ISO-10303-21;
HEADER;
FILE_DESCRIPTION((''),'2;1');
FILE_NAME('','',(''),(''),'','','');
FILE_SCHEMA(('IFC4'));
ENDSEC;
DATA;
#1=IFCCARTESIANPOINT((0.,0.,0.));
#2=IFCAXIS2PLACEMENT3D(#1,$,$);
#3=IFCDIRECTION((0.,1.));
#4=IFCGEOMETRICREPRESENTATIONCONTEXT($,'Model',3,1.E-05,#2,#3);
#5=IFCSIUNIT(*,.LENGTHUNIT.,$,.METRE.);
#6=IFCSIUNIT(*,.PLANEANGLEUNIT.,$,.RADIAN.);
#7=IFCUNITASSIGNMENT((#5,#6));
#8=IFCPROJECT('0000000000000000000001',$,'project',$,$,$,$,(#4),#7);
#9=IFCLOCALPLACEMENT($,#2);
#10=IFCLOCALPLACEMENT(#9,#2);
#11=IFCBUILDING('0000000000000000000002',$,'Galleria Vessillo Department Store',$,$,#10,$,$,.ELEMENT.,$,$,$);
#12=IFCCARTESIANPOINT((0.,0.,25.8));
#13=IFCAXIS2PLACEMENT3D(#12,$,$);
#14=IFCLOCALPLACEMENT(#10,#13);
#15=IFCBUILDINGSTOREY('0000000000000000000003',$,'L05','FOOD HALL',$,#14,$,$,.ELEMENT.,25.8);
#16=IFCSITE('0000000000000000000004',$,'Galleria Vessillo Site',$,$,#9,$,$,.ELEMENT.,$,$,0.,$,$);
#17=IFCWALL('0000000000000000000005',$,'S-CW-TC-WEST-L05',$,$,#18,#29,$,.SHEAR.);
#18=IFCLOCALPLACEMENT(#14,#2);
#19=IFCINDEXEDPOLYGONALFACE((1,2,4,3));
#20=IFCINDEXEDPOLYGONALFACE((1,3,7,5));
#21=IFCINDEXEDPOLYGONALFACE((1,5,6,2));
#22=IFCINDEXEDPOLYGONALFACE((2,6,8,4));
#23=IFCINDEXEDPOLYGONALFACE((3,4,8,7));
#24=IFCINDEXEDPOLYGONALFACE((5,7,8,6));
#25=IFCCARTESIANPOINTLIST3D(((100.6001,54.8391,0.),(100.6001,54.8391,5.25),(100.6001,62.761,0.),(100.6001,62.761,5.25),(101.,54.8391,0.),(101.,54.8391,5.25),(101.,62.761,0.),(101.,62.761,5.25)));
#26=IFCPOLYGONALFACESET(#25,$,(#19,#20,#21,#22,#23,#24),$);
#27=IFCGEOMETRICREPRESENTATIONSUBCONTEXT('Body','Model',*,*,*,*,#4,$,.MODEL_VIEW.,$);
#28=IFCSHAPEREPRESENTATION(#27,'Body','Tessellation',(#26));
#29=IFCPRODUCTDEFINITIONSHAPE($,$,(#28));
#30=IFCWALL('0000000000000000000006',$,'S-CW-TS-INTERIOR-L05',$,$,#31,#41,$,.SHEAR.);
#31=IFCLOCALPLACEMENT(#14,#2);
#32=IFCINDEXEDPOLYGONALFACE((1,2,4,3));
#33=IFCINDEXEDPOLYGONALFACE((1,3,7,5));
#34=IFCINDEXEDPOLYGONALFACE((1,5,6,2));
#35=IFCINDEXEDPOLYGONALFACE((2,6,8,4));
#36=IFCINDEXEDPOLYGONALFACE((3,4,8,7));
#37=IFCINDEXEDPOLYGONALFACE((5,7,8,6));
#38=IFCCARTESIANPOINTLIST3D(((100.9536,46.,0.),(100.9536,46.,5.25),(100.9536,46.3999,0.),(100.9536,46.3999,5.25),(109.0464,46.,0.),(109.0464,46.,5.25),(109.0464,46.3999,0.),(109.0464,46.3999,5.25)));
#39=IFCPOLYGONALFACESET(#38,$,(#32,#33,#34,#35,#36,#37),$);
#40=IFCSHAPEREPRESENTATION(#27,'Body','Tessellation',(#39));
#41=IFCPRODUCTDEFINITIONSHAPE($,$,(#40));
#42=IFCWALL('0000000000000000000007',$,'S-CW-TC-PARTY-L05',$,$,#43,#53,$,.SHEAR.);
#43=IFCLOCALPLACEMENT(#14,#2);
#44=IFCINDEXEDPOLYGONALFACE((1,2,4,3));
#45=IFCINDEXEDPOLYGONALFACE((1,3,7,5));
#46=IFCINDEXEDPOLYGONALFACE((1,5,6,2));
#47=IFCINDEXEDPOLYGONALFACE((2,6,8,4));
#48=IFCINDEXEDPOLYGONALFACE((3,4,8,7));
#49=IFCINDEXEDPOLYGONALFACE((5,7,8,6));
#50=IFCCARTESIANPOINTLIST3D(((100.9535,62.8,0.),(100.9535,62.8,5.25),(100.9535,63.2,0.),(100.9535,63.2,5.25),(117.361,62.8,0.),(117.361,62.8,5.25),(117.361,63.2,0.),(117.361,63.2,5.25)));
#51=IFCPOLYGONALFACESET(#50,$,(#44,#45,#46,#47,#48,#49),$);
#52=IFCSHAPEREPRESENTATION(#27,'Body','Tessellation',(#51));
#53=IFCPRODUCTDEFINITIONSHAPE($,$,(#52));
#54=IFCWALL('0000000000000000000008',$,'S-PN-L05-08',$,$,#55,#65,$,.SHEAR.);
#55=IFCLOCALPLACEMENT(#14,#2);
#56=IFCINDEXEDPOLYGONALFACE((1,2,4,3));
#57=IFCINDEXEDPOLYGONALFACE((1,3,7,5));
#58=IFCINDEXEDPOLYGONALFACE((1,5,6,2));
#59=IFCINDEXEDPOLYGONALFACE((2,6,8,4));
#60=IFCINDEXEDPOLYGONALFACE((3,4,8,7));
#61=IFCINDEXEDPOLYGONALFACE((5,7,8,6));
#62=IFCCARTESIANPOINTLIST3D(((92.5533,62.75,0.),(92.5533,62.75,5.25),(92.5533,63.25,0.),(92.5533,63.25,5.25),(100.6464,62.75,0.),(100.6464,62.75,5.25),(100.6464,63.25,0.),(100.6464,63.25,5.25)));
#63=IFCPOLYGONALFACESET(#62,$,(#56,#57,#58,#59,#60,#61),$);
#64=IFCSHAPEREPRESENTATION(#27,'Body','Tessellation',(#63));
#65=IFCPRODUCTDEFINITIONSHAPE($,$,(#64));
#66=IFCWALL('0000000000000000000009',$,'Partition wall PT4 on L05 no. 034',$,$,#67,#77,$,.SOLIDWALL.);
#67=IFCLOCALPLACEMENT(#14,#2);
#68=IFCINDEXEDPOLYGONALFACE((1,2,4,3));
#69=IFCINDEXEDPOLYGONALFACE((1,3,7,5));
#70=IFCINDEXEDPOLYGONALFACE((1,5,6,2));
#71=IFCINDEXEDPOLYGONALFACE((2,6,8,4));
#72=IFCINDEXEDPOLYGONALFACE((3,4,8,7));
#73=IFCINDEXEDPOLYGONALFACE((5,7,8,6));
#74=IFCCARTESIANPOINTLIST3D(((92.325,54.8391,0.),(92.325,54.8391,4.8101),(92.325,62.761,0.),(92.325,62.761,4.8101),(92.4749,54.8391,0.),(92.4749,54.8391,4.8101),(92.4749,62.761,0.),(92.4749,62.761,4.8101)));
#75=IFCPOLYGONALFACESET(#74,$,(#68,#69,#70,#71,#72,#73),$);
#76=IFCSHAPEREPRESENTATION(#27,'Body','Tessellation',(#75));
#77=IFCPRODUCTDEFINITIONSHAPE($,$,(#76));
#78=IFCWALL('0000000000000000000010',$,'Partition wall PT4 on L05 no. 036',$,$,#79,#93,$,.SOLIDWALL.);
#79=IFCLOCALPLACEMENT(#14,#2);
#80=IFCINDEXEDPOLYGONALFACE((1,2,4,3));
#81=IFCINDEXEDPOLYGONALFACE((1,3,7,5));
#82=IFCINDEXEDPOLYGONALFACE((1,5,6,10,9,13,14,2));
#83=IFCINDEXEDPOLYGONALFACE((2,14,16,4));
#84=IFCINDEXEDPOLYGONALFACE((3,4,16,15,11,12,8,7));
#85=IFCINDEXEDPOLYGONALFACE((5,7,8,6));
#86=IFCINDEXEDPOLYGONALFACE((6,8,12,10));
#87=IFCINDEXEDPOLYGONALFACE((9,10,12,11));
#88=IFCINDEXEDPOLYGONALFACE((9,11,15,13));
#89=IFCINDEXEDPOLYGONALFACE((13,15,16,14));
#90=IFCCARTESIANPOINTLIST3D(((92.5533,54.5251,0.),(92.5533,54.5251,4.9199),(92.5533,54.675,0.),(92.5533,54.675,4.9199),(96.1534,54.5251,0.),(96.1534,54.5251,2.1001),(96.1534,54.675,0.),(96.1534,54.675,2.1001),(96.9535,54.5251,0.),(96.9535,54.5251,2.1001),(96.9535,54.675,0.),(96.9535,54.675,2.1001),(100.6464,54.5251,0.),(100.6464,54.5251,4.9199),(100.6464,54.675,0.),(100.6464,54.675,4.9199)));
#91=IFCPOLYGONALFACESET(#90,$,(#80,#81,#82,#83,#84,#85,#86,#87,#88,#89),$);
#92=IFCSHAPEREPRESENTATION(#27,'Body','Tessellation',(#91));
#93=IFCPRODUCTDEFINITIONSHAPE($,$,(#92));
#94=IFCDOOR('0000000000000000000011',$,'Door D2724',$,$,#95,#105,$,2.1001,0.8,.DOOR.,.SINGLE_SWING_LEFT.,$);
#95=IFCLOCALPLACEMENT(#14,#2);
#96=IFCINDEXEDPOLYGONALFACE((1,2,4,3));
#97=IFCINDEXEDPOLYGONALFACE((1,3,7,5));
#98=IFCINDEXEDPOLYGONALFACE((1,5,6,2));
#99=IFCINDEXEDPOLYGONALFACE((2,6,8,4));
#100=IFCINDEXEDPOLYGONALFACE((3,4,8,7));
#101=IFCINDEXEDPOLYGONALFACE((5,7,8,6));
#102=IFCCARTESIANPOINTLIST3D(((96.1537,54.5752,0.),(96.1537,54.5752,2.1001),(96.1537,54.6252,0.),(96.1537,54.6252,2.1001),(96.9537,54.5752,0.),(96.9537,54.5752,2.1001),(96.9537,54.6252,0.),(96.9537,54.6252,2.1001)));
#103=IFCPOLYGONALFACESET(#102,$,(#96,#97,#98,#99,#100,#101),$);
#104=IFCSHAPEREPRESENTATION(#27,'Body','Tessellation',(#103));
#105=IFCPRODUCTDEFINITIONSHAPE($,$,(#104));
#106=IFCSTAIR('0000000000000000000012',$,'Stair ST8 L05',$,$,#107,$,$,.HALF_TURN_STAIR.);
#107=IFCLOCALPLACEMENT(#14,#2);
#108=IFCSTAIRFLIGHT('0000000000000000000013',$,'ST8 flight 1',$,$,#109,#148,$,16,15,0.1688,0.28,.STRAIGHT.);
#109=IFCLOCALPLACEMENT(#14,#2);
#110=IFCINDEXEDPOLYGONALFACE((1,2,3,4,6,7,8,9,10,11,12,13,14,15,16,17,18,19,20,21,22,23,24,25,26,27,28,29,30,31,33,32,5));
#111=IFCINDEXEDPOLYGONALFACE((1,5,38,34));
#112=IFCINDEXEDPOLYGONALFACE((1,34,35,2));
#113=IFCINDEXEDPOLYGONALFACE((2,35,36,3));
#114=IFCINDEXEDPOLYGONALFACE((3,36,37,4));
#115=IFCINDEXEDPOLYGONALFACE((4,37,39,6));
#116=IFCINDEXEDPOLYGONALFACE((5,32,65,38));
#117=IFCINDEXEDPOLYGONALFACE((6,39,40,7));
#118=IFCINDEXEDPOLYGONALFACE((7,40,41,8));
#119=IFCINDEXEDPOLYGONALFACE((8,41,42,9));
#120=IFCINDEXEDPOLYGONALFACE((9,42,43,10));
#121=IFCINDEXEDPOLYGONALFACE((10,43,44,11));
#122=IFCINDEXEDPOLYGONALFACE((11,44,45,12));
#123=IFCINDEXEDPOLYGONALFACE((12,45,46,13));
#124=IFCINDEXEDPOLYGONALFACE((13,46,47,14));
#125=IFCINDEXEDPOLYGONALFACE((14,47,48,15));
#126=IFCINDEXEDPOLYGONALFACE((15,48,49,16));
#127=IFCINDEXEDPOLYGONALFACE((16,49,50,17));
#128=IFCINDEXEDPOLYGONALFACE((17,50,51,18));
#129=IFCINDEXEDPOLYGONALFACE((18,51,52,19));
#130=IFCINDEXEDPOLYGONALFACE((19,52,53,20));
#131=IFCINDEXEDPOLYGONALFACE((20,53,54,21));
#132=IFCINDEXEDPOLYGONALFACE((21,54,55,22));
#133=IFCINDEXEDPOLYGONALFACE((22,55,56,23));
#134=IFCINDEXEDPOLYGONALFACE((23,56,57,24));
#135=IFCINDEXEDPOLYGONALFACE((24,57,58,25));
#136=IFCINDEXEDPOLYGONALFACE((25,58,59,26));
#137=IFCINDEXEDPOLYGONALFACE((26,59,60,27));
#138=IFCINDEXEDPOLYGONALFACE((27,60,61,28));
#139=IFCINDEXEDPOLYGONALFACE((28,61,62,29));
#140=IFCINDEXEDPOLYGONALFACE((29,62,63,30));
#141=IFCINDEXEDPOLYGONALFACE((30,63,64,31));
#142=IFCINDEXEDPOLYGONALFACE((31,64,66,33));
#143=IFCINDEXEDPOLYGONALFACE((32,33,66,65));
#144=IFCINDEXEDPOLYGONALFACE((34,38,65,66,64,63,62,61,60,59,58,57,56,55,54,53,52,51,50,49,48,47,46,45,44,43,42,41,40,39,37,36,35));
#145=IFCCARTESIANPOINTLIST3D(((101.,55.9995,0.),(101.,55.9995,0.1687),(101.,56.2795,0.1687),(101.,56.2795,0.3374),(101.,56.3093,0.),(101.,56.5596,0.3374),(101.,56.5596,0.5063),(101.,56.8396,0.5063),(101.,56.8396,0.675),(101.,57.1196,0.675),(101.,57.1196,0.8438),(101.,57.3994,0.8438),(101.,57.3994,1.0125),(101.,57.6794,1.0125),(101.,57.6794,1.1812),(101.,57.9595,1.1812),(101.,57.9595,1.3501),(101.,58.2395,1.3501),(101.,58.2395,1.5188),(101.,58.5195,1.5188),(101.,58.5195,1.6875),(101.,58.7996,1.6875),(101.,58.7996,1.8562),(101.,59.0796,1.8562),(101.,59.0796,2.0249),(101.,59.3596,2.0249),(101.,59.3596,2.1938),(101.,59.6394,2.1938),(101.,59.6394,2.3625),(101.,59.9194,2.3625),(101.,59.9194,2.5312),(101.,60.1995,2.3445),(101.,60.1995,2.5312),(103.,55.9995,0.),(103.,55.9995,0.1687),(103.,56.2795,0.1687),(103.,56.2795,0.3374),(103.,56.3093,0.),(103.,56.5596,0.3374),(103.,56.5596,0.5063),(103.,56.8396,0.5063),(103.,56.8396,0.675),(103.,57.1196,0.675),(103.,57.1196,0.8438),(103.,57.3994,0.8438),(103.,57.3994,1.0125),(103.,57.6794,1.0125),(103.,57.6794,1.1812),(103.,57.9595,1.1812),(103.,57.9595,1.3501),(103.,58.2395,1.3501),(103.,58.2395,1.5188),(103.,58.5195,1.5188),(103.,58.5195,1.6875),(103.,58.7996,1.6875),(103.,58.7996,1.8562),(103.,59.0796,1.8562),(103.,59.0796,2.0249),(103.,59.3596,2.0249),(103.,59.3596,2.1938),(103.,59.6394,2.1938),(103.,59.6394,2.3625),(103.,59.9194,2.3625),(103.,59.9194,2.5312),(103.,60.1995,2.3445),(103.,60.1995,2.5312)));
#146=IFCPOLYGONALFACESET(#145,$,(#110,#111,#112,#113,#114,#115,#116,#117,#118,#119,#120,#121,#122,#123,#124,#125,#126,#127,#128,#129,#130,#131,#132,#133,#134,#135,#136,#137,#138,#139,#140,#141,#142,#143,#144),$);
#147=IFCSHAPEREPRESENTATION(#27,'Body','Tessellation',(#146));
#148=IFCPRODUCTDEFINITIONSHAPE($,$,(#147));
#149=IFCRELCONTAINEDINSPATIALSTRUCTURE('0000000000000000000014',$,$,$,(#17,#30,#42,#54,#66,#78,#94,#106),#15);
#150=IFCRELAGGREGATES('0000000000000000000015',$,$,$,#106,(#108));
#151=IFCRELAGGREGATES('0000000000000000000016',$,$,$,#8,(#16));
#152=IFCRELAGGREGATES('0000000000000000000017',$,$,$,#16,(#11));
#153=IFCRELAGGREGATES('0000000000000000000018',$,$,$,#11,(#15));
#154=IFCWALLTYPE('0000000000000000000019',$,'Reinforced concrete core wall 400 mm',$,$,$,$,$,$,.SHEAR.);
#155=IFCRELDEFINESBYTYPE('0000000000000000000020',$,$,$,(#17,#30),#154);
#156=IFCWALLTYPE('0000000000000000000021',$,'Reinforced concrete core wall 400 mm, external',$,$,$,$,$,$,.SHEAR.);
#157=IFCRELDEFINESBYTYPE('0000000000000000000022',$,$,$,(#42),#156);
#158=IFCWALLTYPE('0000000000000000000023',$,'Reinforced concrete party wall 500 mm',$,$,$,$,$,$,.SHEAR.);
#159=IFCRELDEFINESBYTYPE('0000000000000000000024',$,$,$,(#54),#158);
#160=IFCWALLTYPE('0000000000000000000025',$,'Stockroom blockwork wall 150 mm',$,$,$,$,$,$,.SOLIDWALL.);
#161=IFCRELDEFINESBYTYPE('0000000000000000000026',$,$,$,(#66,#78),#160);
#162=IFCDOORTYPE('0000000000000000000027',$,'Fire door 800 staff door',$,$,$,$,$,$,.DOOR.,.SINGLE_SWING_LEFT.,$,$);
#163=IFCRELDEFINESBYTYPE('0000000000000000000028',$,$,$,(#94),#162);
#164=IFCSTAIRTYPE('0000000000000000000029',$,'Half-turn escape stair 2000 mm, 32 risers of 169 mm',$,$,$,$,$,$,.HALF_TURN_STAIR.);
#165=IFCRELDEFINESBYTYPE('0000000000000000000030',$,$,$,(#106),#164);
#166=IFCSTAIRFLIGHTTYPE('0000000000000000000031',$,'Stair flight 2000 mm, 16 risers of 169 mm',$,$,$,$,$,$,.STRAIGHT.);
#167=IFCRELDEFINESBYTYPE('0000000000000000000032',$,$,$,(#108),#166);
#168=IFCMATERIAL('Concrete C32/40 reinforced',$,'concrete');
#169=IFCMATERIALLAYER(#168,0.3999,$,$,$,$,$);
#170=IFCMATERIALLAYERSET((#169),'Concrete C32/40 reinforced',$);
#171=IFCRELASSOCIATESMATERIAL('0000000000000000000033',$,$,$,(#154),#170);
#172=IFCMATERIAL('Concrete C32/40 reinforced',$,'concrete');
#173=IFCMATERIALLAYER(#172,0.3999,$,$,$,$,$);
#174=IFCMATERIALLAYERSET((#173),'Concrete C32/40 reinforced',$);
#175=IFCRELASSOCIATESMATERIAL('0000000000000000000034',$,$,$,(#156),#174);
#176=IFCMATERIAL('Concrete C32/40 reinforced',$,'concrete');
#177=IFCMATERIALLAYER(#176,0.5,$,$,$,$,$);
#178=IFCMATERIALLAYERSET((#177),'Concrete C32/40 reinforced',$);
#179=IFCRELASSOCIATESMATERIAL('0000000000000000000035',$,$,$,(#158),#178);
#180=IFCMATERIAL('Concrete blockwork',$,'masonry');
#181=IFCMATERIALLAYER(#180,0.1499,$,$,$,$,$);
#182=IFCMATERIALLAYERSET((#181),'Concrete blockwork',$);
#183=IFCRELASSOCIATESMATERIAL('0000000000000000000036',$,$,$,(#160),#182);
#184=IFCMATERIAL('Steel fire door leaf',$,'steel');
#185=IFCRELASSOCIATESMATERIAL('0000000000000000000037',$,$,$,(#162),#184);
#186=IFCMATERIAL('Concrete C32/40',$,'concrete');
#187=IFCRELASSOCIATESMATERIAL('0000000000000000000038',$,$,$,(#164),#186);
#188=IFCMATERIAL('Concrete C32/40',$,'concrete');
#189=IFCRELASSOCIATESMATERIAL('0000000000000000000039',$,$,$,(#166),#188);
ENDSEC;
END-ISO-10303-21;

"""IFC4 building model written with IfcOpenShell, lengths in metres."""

from ifc_helpers import new_model, si_unit, direction, frame, frame_2d, origin, place, context, subcontext, project, spatial, polyline, rectangle, outline, extrude, material, layer, layer_set, type_object, element, fill, aggregate, save


model = new_model("IFC4")

# Units and contexts
model_context = context("Model", 3, precision=1e-05, world=origin(), true_north=direction((0.0, 1.0)))
body_context = subcontext(model_context, "Body", "Model", "MODEL_VIEW")
ifc_project = project(units=[si_unit("LENGTHUNIT", "METRE"), si_unit("PLANEANGLEUNIT", "RADIAN")], contexts=[model_context])

# Site, building, storey
site_placement = place(None, origin())
site = spatial("IfcSite", under=ifc_project, at=site_placement, Name="Galleria Vessillo Site", CompositionType="ELEMENT", RefElevation=0.0)
building_placement = place(site_placement, origin())
building = spatial("IfcBuilding", under=site, at=building_placement, Name="Galleria Vessillo Department Store", CompositionType="ELEMENT")
storey_placement = place(building_placement, frame((0.0, 0.0, 25.8)))
storey = spatial("IfcBuildingStorey", under=building, at=storey_placement, Name="L05", Description="FOOD HALL", CompositionType="ELEMENT", Elevation=25.8)

# Shared definitions
ifc_material_1 = material(Name="Concrete C32/40 reinforced", Category="concrete")
ifc_layer_1 = layer(ifc_material_1, 0.3999)
ifc_layer_set_1 = layer_set([ifc_layer_1], Name="Concrete C32/40 reinforced")
wall_type_1 = type_object("IfcWallType", Name="Reinforced concrete core wall 400 mm", PredefinedType="SHEAR", material=ifc_layer_set_1)

# Walls
wall_1_placement = place(storey_placement, frame((100.8, 54.8391, 0.0), z_axis=(0.0, 0.0, 1.0), x_axis=(0.0, 1.0, 0.0)))
element("IfcWall", 1, at=wall_1_placement, inside=storey, type_object=wall_type_1, Name="S-CW-TC-WEST-L05", PredefinedType="SHEAR", context=body_context, shape_type="SweptSolid", body=[
    extrude(rectangle(XDim=7.9219, YDim=0.3999, at=frame_2d((3.9609, 0.0))), origin(), (0.0, 0.0, 1.0), 5.25),
])
wall_2_placement = place(storey_placement, frame((100.9536, 46.2, 0.0), z_axis=(0.0, 0.0, 1.0), x_axis=(1.0, 0.0, 0.0)))
element("IfcWall", 2, at=wall_2_placement, inside=storey, type_object=wall_type_1, Name="S-CW-TS-INTERIOR-L05", PredefinedType="SHEAR", context=body_context, shape_type="SweptSolid", body=[
    extrude(rectangle(XDim=8.0928, YDim=0.3999, at=frame_2d((4.0464, 0.0))), origin(), (0.0, 0.0, 1.0), 5.25),
])
ifc_material_2 = material(Name="Concrete C32/40 reinforced", Category="concrete")
ifc_layer_2 = layer(ifc_material_2, 0.3999)
ifc_layer_set_2 = layer_set([ifc_layer_2], Name="Concrete C32/40 reinforced")
wall_type_2 = type_object("IfcWallType", Name="Reinforced concrete core wall 400 mm, external", PredefinedType="SHEAR", material=ifc_layer_set_2)
wall_3_placement = place(storey_placement, frame((100.9536, 63.0, 0.0), z_axis=(0.0, 0.0, 1.0), x_axis=(1.0, 0.0, 0.0)))
element("IfcWall", 3, at=wall_3_placement, inside=storey, type_object=wall_type_2, Name="S-CW-TC-PARTY-L05", PredefinedType="SHEAR", context=body_context, shape_type="SweptSolid", body=[
    extrude(rectangle(XDim=16.4075, YDim=0.3999, at=frame_2d((8.2036, 0.0))), origin(), (0.0, 0.0, 1.0), 5.25),
])
ifc_material_3 = material(Name="Concrete C32/40 reinforced", Category="concrete")
ifc_layer_3 = layer(ifc_material_3, 0.5)
ifc_layer_set_3 = layer_set([ifc_layer_3], Name="Concrete C32/40 reinforced")
wall_type_3 = type_object("IfcWallType", Name="Reinforced concrete party wall 500 mm", PredefinedType="SHEAR", material=ifc_layer_set_3)
wall_4_placement = place(storey_placement, frame((92.5535, 63.0, 0.0), z_axis=(0.0, 0.0, 1.0), x_axis=(1.0, 0.0, 0.0)))
element("IfcWall", 4, at=wall_4_placement, inside=storey, type_object=wall_type_3, Name="S-PN-L05-08", PredefinedType="SHEAR", context=body_context, shape_type="SweptSolid", body=[
    extrude(rectangle(XDim=8.093, YDim=0.5, at=frame_2d((4.0464, 0.0))), origin(), (0.0, 0.0, 1.0), 5.25),
])
ifc_material_4 = material(Name="Concrete blockwork", Category="masonry")
ifc_layer_4 = layer(ifc_material_4, 0.1499)
ifc_layer_set_4 = layer_set([ifc_layer_4], Name="Concrete blockwork")
wall_type_4 = type_object("IfcWallType", Name="Stockroom blockwork wall 150 mm", PredefinedType="SOLIDWALL", material=ifc_layer_set_4)
wall_5_placement = place(storey_placement, frame((92.3999, 54.8391, 0.0), z_axis=(0.0, 0.0, 1.0), x_axis=(0.0, 1.0, 0.0)))
element("IfcWall", 5, at=wall_5_placement, inside=storey, type_object=wall_type_4, Name="Partition wall PT4 on L05 no. 034", PredefinedType="SOLIDWALL", context=body_context, shape_type="SweptSolid", body=[
    extrude(rectangle(XDim=7.9219, YDim=0.1499, at=frame_2d((3.9609, 0.0))), origin(), (0.0, 0.0, 1.0), 4.8101),
])

# Wall, opening, door
wall_6_placement = place(storey_placement, frame((92.5535, 54.6001, 0.0), z_axis=(0.0, 0.0, 1.0), x_axis=(1.0, 0.0, 0.0)))
wall_6 = element("IfcWall", 6, at=wall_6_placement, inside=storey, type_object=wall_type_4, Name="Partition wall PT4 on L05 no. 036", PredefinedType="SOLIDWALL", context=body_context, shape_type="SweptSolid", body=[
    extrude(rectangle(XDim=8.093, YDim=0.1499, at=frame_2d((4.0464, 0.0))), origin(), (0.0, 0.0, 1.0), 4.9199),
])
opening_1_placement = place(wall_6_placement, frame((3.6001, 0.0, 0.0)))
opening_1 = element("IfcOpeningElement", 7, at=opening_1_placement, cuts=wall_6, PredefinedType="OPENING", context=body_context, shape_type="SweptSolid", body=[
    extrude(rectangle(XDim=0.8, YDim=2.1001, at=frame_2d((0.3999, 1.05))), frame((0.0, 0.085, 0.0), z_axis=(0.0, -1.0, 0.0), x_axis=(1.0, 0.0, 0.0)), (0.0, 0.0, 1.0), 0.1699),
])
ifc_material_5 = material(Name="Steel fire door leaf", Category="steel")
door_type_1 = type_object("IfcDoorType", Name="Fire door 800 staff door", OperationType="SINGLE_SWING_LEFT", PredefinedType="DOOR", material=ifc_material_5)
door_1_placement = place(opening_1_placement, frame((0.8, 0.0, 0.0), z_axis=(0.0, 0.0, 1.0), x_axis=(-1.0, 0.0, 0.0)))
door_1 = element("IfcDoor", 8, at=door_1_placement, inside=storey, type_object=door_type_1, Name="Door D2724", OperationType="SINGLE_SWING_LEFT", OverallHeight=2.1001, OverallWidth=0.8, PredefinedType="DOOR", context=body_context, shape_type="SweptSolid", body=[
    extrude(rectangle(XDim=0.8, YDim=2.1001, at=frame_2d((0.3999, 1.05))), frame((0.0, 0.0249, 0.0), z_axis=(0.0, -1.0, 0.0), x_axis=(1.0, 0.0, 0.0)), (0.0, 0.0, 1.0), 0.05),
])
fill(opening_1, door_1)

# Stair, stair flight
ifc_material_6 = material(Name="Concrete C32/40", Category="concrete")
stair_type = type_object("IfcStairType", Name="Half-turn escape stair 2000 mm, 32 risers of 169 mm", PredefinedType="HALF_TURN_STAIR", material=ifc_material_6)
stair_1_placement = place(storey_placement, origin())
stair_1 = element("IfcStair", 9, at=stair_1_placement, inside=storey, type_object=stair_type, Name="Stair ST8 L05", PredefinedType="HALF_TURN_STAIR")
ifc_material_7 = material(Name="Concrete C32/40", Category="concrete")
stair_flight_type = type_object("IfcStairFlightType", Name="Stair flight 2000 mm, 16 risers of 169 mm", PredefinedType="STRAIGHT", material=ifc_material_7)
stair_flight_1_placement = place(storey_placement, frame((102.0, 55.9995, 0.0), z_axis=(0.0, 0.0, 1.0), x_axis=(0.0, 1.0, 0.0)))
stair_flight_1 = element("IfcStairFlight", 10, at=stair_flight_1_placement, type_object=stair_flight_type, Name="ST8 flight 1", NumberOfRisers=16, NumberOfTreads=15, PredefinedType="STRAIGHT", RiserHeight=0.1688, TreadLength=0.28, context=body_context, shape_type="SweptSolid", body=[
    extrude(outline(polyline([(0.0, 0.0), (0.0, 0.1687), (0.28, 0.1687), (0.28, 0.3374), (0.5601, 0.3374), (0.5601, 0.5063), (0.8401, 0.5063), (0.8401, 0.675), (1.1201, 0.675), (1.1201, 0.8438), (1.3999, 0.8438), (1.3999, 1.0125), (1.6799, 1.0125), (1.6799, 1.1812), (1.96, 1.1812), (1.96, 1.3501), (2.24, 1.3501), (2.24, 1.5188), (2.52, 1.5188), (2.52, 1.6875), (2.8, 1.6875), (2.8, 1.8562), (3.0801, 1.8562), (3.0801, 2.0249), (3.3601, 2.0249), (3.3601, 2.1938), (3.6399, 2.1938), (3.6399, 2.3625), (3.9199, 2.3625), (3.9199, 2.5312), (4.2, 2.5312), (4.2, 2.7), (4.2, 2.3445), (0.3098, 0.0), (0.0, 0.0)])), frame((0.0, 1.0, 0.0), z_axis=(0.0, -1.0, 0.0), x_axis=(1.0, 0.0, 0.0)), (0.0, 0.0, 1.0), 2.0),
])
aggregate(stair_1, [stair_flight_1])

save(model, "model.ifc")
